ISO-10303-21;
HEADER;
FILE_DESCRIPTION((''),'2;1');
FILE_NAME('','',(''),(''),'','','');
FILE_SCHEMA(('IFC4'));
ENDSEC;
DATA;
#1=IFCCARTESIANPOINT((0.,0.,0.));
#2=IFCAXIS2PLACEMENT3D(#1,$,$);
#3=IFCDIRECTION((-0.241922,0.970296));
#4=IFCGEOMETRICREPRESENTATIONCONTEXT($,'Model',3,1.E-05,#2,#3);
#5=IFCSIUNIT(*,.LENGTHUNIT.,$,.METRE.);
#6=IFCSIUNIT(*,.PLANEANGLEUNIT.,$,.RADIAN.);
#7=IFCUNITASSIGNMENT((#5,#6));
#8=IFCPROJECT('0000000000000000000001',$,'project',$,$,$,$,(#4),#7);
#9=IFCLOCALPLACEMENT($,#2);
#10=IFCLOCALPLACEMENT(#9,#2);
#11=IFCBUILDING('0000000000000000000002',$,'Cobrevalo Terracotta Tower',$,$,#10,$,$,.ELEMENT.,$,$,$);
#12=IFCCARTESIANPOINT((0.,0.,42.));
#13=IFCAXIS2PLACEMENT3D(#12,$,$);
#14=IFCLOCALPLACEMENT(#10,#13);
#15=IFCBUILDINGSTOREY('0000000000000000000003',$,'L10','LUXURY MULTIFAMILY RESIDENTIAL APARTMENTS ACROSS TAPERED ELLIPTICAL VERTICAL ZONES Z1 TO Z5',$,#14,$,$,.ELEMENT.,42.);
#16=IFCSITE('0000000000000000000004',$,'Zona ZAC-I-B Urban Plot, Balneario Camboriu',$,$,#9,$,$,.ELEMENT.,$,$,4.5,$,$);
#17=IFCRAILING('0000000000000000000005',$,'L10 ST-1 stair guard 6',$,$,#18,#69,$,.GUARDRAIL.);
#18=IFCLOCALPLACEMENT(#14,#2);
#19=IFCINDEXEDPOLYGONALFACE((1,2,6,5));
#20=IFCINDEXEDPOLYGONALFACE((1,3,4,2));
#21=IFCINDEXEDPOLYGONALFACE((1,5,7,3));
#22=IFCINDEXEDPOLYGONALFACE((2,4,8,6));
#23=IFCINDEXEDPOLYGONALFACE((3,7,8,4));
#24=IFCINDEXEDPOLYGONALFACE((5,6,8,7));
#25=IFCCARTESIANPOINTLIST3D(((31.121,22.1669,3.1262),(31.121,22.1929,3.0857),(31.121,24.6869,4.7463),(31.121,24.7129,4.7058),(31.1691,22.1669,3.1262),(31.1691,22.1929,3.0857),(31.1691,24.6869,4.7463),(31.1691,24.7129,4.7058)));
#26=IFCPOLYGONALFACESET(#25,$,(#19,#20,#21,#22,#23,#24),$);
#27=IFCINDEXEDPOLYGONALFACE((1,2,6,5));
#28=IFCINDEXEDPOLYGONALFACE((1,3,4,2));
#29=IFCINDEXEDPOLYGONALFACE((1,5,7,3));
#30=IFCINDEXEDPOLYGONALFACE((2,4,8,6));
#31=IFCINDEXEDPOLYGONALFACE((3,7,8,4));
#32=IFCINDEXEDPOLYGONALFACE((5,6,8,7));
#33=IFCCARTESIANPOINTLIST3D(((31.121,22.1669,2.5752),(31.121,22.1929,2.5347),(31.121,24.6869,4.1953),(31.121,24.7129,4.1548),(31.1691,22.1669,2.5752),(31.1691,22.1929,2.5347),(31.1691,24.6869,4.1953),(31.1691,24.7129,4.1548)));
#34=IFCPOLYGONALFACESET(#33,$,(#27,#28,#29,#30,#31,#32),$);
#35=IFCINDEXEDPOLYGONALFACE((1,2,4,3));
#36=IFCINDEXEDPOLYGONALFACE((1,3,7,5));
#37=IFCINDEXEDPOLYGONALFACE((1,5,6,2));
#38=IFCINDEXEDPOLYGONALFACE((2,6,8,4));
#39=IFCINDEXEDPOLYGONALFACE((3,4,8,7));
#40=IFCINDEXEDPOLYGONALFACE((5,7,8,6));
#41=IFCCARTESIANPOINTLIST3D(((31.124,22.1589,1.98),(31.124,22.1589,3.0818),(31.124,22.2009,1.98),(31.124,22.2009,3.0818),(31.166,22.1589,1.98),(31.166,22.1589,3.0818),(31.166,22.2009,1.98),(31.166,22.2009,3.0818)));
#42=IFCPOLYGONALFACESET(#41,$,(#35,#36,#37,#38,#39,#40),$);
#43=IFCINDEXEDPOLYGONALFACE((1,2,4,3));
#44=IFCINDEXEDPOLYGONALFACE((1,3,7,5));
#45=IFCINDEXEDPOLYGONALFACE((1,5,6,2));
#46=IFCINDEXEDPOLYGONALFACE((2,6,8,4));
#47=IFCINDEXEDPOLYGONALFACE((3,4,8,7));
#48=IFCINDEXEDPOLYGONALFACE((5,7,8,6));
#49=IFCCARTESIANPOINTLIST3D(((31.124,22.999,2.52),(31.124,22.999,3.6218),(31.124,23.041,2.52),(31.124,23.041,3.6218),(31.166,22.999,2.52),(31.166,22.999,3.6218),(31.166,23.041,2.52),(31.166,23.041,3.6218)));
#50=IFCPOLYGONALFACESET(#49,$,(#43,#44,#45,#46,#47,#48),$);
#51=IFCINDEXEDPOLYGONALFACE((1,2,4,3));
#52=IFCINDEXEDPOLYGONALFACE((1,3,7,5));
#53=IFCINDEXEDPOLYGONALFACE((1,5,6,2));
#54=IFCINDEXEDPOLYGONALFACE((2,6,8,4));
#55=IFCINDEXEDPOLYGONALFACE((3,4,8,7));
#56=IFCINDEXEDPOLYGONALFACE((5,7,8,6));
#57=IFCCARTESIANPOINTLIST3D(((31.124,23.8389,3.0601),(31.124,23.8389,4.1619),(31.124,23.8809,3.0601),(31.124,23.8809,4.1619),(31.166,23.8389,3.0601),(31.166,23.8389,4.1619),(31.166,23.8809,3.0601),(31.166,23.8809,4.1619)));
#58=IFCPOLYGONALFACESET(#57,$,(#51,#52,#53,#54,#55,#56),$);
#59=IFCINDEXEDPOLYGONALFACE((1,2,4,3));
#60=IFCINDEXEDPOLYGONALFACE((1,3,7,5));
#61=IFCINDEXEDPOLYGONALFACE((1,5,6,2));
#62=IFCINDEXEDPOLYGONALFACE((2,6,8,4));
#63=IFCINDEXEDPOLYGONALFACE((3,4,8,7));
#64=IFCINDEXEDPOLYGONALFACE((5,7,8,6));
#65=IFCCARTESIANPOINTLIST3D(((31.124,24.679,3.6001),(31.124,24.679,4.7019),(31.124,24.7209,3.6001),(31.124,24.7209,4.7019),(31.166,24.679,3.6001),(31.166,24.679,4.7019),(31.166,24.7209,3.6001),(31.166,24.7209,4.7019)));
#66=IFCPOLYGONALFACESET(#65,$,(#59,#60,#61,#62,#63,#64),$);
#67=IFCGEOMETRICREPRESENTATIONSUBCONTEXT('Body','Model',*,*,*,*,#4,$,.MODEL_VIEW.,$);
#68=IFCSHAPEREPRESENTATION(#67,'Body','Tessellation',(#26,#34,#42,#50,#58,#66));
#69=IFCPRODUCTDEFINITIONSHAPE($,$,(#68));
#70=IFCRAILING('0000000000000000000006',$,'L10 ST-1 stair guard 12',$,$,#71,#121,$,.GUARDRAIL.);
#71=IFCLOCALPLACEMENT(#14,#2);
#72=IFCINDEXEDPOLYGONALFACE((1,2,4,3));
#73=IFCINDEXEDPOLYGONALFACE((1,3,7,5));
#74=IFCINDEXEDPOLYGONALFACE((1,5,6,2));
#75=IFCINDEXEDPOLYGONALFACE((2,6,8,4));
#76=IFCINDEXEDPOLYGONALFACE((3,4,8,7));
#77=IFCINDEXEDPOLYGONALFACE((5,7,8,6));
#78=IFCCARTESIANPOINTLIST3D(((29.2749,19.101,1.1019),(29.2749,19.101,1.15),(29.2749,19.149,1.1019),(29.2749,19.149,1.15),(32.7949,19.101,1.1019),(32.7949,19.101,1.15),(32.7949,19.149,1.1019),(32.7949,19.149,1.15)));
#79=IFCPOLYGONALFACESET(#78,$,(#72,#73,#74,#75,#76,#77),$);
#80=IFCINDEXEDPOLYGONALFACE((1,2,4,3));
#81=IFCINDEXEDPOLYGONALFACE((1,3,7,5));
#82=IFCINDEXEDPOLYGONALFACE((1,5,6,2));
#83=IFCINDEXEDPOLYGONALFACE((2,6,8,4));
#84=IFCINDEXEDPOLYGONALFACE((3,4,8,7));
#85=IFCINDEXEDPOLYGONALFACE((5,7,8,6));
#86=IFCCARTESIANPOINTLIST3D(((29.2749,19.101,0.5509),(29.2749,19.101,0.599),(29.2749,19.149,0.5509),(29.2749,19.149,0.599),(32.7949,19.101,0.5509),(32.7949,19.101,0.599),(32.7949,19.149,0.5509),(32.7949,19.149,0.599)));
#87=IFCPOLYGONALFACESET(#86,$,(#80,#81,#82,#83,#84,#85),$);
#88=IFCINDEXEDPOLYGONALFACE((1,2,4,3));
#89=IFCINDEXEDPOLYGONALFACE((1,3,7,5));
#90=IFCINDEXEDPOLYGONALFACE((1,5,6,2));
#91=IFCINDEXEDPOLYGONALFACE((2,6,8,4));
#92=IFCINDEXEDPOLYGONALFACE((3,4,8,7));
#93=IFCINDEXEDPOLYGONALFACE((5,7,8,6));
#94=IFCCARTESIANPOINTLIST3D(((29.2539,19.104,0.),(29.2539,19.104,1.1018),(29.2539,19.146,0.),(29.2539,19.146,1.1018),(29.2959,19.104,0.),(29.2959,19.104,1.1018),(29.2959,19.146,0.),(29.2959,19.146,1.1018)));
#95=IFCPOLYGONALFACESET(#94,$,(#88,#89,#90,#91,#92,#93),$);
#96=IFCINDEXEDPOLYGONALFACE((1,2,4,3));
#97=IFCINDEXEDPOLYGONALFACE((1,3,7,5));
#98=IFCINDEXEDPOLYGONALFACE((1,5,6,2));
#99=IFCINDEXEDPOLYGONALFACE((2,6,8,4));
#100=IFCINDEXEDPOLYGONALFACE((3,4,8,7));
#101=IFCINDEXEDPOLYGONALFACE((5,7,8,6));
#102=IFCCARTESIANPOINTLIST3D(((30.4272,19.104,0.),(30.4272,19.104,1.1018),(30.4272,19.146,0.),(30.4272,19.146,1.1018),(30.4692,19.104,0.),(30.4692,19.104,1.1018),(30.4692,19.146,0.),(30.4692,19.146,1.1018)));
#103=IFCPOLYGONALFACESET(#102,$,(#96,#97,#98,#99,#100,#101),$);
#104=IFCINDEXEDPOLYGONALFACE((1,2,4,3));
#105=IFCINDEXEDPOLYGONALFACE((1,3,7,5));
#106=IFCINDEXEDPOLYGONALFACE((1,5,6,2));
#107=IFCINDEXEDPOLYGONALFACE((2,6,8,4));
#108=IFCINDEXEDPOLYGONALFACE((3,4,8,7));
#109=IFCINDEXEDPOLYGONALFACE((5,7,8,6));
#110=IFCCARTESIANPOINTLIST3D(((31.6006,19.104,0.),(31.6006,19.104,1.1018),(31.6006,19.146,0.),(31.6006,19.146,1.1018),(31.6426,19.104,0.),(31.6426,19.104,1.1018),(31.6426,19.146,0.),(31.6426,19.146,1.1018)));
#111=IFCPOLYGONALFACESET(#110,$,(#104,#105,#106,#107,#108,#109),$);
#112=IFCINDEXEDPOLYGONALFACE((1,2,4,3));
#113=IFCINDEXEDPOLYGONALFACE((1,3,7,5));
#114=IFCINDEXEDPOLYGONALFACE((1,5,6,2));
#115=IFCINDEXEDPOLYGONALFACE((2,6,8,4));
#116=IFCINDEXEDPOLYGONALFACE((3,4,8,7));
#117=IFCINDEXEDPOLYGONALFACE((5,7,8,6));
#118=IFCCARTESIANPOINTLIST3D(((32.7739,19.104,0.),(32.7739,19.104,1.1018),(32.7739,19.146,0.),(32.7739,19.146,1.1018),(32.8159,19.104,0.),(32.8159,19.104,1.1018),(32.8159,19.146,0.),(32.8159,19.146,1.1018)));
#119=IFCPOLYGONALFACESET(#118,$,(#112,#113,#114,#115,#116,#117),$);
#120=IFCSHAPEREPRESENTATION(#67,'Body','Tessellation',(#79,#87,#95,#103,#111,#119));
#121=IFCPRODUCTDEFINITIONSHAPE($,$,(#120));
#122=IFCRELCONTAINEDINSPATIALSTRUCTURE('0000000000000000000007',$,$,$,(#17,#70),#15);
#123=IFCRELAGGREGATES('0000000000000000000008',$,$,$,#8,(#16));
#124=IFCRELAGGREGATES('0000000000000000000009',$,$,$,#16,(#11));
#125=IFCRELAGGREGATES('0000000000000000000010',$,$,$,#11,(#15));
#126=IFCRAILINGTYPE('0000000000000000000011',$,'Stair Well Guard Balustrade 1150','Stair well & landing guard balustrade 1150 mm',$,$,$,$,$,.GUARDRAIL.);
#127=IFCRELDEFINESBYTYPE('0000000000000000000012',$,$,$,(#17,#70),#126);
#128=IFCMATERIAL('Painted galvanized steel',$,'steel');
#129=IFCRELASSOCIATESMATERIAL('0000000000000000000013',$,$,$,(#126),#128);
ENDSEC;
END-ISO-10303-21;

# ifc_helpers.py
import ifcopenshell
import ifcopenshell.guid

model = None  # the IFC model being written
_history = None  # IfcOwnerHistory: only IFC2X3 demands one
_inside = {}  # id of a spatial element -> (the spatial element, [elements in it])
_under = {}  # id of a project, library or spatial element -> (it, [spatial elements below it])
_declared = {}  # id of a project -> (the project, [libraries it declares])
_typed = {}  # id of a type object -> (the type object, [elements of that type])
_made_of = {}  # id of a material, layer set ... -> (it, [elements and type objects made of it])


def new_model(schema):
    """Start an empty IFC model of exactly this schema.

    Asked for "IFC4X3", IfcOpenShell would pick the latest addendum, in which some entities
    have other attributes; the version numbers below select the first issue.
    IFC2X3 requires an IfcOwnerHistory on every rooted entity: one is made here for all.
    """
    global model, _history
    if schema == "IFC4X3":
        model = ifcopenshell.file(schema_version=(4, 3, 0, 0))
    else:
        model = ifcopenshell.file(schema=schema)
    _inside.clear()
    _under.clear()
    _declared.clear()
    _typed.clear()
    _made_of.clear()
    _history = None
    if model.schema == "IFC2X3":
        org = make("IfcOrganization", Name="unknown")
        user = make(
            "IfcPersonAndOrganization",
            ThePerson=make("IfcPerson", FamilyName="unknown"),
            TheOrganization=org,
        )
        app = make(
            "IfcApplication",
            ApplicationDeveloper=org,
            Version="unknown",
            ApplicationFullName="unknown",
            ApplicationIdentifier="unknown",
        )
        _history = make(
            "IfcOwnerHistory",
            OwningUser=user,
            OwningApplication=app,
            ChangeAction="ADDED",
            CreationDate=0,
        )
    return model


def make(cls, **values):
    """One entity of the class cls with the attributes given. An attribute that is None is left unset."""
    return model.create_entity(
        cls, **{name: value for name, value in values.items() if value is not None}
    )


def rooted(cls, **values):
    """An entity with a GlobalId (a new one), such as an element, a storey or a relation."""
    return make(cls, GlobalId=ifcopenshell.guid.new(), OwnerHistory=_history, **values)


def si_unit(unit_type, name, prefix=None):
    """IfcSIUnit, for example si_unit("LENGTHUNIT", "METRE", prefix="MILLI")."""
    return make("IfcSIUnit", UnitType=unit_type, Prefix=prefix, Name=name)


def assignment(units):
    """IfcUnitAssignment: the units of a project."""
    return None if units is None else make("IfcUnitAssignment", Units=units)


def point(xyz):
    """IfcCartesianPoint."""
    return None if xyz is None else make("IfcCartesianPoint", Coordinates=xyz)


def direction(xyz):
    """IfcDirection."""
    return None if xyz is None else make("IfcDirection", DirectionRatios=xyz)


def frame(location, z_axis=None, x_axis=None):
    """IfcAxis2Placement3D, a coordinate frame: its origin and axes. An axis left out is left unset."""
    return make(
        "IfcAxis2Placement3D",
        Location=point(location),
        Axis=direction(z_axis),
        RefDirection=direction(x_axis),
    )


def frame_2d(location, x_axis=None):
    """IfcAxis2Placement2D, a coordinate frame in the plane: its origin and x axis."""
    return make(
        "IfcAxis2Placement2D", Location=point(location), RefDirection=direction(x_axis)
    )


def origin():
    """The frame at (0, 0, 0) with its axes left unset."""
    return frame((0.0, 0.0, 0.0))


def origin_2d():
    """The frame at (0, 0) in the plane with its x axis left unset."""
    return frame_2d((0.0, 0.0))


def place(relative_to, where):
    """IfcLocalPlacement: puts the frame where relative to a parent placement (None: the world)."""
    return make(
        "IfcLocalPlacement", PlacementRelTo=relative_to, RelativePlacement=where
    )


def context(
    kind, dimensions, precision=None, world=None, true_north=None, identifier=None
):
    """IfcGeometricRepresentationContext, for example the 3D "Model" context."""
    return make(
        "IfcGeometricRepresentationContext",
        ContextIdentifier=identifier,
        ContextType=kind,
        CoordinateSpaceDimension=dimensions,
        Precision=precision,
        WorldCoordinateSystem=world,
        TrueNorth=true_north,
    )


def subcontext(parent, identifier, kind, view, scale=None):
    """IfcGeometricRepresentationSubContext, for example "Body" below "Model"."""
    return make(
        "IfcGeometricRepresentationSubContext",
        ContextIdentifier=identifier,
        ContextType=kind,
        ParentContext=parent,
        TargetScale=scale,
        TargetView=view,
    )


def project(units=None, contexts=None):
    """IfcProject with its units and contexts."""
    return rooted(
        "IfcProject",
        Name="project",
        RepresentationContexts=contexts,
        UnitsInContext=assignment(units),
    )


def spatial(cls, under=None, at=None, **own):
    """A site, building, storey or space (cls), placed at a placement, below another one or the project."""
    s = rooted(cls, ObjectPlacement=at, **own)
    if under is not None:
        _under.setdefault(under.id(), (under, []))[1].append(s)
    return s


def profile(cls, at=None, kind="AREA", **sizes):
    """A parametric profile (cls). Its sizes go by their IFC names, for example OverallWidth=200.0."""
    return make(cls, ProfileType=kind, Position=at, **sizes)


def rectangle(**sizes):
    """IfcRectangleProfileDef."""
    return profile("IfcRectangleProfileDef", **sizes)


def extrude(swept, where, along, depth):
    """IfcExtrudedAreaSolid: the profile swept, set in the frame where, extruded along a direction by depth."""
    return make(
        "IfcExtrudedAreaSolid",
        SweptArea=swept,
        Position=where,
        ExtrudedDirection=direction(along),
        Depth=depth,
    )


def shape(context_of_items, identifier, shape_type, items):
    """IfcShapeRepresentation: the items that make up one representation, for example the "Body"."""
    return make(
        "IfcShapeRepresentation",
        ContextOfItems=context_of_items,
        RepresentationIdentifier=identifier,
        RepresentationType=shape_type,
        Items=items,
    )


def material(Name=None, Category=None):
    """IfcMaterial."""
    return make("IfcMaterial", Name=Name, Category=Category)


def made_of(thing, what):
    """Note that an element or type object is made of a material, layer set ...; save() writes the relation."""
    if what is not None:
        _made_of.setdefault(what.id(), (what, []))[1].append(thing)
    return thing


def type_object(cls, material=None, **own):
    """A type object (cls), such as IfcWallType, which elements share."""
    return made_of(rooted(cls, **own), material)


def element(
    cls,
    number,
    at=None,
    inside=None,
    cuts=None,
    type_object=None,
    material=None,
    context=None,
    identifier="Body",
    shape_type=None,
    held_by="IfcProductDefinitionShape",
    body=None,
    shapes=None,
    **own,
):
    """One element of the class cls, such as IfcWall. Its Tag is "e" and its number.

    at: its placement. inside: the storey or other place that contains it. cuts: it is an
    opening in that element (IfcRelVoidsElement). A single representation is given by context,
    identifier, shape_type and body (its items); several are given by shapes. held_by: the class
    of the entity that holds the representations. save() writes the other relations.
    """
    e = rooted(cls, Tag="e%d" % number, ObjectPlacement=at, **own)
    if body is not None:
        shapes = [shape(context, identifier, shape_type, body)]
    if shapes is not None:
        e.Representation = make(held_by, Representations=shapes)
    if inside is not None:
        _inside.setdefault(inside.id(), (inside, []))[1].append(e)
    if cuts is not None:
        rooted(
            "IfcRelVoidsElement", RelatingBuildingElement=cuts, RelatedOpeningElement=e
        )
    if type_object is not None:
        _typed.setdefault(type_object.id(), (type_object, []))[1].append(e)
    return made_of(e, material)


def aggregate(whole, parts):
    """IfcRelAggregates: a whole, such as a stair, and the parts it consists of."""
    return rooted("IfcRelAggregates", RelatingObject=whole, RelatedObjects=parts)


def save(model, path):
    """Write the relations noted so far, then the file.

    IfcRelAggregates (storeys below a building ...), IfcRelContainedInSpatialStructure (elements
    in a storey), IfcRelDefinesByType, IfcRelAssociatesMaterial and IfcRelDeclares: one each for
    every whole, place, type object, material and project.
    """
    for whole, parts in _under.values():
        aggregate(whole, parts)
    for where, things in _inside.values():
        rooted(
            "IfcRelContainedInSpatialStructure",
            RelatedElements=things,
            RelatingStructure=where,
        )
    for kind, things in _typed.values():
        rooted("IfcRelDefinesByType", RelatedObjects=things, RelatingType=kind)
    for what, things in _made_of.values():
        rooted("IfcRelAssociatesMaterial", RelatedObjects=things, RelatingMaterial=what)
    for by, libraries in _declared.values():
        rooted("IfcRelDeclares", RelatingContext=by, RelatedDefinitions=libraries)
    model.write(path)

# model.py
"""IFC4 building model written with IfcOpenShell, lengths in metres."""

from ifc_helpers import new_model, si_unit, direction, frame, origin, origin_2d, place, context, subcontext, project, spatial, rectangle, extrude, material, type_object, element, save


model = new_model("IFC4")

# Units and contexts
model_context = context("Model", 3, precision=1e-05, world=origin(), true_north=direction((-0.241922, 0.970296)))
body_context = subcontext(model_context, "Body", "Model", "MODEL_VIEW")
ifc_project = project(units=[si_unit("LENGTHUNIT", "METRE"), si_unit("PLANEANGLEUNIT", "RADIAN")], contexts=[model_context])

# Site, building, storey
site_placement = place(None, origin())
site = spatial("IfcSite", under=ifc_project, at=site_placement, Name="Zona ZAC-I-B Urban Plot, Balneario Camboriu", CompositionType="ELEMENT", RefElevation=4.5)
building_placement = place(site_placement, origin())
building = spatial("IfcBuilding", under=site, at=building_placement, Name="Cobrevalo Terracotta Tower", CompositionType="ELEMENT")
storey_placement = place(building_placement, frame((0.0, 0.0, 42.0)))
storey = spatial("IfcBuildingStorey", under=building, at=storey_placement, Name="L10", Description="LUXURY MULTIFAMILY RESIDENTIAL APARTMENTS ACROSS TAPERED ELLIPTICAL VERTICAL ZONES Z1 TO Z5", CompositionType="ELEMENT", Elevation=42.0)

# Railings
ifc_material_1 = material(Name="Painted galvanized steel", Category="steel")
railing_type_1 = type_object("IfcRailingType", Name="Stair Well Guard Balustrade 1150", Description="Stair well & landing guard balustrade 1150 mm", PredefinedType="GUARDRAIL", material=ifc_material_1)
railing_1_placement = place(storey_placement, frame((31.145, 22.1799, 1.98)))
element("IfcRailing", 1, at=railing_1_placement, inside=storey, type_object=railing_type_1, Name="L10 ST-1 stair guard 6", PredefinedType="GUARDRAIL", context=body_context, shape_type="SweptSolid", body=[
    extrude(rectangle(XDim=0.0481, YDim=0.0481, at=origin_2d()), frame((0.0, 0.0, 1.126), z_axis=(0.0, 0.841163, 0.540782), x_axis=(-1.0, 0.0, 0.0)), (0.0, 0.0, 1.0), 2.9958),
    extrude(rectangle(XDim=0.0481, YDim=0.0481, at=origin_2d()), frame((0.0, 0.0, 0.575), z_axis=(0.0, 0.841163, 0.540782), x_axis=(-1.0, 0.0, 0.0)), (0.0, 0.0, 1.0), 2.9958),
    extrude(rectangle(XDim=0.042, YDim=0.042, at=origin_2d()), origin(), (0.0, 0.0, 1.0), 1.1018),
    extrude(rectangle(XDim=0.042, YDim=0.042, at=origin_2d()), frame((0.0, 0.8401, 0.54)), (0.0, 0.0, 1.0), 1.1018),
    extrude(rectangle(XDim=0.042, YDim=0.042, at=origin_2d()), frame((0.0, 1.6799, 1.0801)), (0.0, 0.0, 1.0), 1.1018),
    extrude(rectangle(XDim=0.042, YDim=0.042, at=origin_2d()), frame((0.0, 2.52, 1.6201)), (0.0, 0.0, 1.0), 1.1018),
])
railing_2_placement = place(storey_placement, frame((29.2749, 19.125, 0.0)))
element("IfcRailing", 2, at=railing_2_placement, inside=storey, type_object=railing_type_1, Name="L10 ST-1 stair guard 12", PredefinedType="GUARDRAIL", context=body_context, shape_type="SweptSolid", body=[
    extrude(rectangle(XDim=0.0481, YDim=0.0481, at=origin_2d()), frame((0.0, 0.0, 1.126), z_axis=(1.0, 0.0, 0.0), x_axis=(0.0, 1.0, 0.0)), (0.0, 0.0, 1.0), 3.52),
    extrude(rectangle(XDim=0.0481, YDim=0.0481, at=origin_2d()), frame((0.0, 0.0, 0.575), z_axis=(1.0, 0.0, 0.0), x_axis=(0.0, 1.0, 0.0)), (0.0, 0.0, 1.0), 3.52),
    extrude(rectangle(XDim=0.042, YDim=0.042, at=origin_2d()), origin(), (0.0, 0.0, 1.0), 1.1018),
    extrude(rectangle(XDim=0.042, YDim=0.042, at=origin_2d()), frame((1.1733, 0.0, 0.0)), (0.0, 0.0, 1.0), 1.1018),
    extrude(rectangle(XDim=0.042, YDim=0.042, at=origin_2d()), frame((2.3467, 0.0, 0.0)), (0.0, 0.0, 1.0), 1.1018),
    extrude(rectangle(XDim=0.042, YDim=0.042, at=origin_2d()), frame((3.52, 0.0, 0.0)), (0.0, 0.0, 1.0), 1.1018),
])

save(model, "model.ifc")
